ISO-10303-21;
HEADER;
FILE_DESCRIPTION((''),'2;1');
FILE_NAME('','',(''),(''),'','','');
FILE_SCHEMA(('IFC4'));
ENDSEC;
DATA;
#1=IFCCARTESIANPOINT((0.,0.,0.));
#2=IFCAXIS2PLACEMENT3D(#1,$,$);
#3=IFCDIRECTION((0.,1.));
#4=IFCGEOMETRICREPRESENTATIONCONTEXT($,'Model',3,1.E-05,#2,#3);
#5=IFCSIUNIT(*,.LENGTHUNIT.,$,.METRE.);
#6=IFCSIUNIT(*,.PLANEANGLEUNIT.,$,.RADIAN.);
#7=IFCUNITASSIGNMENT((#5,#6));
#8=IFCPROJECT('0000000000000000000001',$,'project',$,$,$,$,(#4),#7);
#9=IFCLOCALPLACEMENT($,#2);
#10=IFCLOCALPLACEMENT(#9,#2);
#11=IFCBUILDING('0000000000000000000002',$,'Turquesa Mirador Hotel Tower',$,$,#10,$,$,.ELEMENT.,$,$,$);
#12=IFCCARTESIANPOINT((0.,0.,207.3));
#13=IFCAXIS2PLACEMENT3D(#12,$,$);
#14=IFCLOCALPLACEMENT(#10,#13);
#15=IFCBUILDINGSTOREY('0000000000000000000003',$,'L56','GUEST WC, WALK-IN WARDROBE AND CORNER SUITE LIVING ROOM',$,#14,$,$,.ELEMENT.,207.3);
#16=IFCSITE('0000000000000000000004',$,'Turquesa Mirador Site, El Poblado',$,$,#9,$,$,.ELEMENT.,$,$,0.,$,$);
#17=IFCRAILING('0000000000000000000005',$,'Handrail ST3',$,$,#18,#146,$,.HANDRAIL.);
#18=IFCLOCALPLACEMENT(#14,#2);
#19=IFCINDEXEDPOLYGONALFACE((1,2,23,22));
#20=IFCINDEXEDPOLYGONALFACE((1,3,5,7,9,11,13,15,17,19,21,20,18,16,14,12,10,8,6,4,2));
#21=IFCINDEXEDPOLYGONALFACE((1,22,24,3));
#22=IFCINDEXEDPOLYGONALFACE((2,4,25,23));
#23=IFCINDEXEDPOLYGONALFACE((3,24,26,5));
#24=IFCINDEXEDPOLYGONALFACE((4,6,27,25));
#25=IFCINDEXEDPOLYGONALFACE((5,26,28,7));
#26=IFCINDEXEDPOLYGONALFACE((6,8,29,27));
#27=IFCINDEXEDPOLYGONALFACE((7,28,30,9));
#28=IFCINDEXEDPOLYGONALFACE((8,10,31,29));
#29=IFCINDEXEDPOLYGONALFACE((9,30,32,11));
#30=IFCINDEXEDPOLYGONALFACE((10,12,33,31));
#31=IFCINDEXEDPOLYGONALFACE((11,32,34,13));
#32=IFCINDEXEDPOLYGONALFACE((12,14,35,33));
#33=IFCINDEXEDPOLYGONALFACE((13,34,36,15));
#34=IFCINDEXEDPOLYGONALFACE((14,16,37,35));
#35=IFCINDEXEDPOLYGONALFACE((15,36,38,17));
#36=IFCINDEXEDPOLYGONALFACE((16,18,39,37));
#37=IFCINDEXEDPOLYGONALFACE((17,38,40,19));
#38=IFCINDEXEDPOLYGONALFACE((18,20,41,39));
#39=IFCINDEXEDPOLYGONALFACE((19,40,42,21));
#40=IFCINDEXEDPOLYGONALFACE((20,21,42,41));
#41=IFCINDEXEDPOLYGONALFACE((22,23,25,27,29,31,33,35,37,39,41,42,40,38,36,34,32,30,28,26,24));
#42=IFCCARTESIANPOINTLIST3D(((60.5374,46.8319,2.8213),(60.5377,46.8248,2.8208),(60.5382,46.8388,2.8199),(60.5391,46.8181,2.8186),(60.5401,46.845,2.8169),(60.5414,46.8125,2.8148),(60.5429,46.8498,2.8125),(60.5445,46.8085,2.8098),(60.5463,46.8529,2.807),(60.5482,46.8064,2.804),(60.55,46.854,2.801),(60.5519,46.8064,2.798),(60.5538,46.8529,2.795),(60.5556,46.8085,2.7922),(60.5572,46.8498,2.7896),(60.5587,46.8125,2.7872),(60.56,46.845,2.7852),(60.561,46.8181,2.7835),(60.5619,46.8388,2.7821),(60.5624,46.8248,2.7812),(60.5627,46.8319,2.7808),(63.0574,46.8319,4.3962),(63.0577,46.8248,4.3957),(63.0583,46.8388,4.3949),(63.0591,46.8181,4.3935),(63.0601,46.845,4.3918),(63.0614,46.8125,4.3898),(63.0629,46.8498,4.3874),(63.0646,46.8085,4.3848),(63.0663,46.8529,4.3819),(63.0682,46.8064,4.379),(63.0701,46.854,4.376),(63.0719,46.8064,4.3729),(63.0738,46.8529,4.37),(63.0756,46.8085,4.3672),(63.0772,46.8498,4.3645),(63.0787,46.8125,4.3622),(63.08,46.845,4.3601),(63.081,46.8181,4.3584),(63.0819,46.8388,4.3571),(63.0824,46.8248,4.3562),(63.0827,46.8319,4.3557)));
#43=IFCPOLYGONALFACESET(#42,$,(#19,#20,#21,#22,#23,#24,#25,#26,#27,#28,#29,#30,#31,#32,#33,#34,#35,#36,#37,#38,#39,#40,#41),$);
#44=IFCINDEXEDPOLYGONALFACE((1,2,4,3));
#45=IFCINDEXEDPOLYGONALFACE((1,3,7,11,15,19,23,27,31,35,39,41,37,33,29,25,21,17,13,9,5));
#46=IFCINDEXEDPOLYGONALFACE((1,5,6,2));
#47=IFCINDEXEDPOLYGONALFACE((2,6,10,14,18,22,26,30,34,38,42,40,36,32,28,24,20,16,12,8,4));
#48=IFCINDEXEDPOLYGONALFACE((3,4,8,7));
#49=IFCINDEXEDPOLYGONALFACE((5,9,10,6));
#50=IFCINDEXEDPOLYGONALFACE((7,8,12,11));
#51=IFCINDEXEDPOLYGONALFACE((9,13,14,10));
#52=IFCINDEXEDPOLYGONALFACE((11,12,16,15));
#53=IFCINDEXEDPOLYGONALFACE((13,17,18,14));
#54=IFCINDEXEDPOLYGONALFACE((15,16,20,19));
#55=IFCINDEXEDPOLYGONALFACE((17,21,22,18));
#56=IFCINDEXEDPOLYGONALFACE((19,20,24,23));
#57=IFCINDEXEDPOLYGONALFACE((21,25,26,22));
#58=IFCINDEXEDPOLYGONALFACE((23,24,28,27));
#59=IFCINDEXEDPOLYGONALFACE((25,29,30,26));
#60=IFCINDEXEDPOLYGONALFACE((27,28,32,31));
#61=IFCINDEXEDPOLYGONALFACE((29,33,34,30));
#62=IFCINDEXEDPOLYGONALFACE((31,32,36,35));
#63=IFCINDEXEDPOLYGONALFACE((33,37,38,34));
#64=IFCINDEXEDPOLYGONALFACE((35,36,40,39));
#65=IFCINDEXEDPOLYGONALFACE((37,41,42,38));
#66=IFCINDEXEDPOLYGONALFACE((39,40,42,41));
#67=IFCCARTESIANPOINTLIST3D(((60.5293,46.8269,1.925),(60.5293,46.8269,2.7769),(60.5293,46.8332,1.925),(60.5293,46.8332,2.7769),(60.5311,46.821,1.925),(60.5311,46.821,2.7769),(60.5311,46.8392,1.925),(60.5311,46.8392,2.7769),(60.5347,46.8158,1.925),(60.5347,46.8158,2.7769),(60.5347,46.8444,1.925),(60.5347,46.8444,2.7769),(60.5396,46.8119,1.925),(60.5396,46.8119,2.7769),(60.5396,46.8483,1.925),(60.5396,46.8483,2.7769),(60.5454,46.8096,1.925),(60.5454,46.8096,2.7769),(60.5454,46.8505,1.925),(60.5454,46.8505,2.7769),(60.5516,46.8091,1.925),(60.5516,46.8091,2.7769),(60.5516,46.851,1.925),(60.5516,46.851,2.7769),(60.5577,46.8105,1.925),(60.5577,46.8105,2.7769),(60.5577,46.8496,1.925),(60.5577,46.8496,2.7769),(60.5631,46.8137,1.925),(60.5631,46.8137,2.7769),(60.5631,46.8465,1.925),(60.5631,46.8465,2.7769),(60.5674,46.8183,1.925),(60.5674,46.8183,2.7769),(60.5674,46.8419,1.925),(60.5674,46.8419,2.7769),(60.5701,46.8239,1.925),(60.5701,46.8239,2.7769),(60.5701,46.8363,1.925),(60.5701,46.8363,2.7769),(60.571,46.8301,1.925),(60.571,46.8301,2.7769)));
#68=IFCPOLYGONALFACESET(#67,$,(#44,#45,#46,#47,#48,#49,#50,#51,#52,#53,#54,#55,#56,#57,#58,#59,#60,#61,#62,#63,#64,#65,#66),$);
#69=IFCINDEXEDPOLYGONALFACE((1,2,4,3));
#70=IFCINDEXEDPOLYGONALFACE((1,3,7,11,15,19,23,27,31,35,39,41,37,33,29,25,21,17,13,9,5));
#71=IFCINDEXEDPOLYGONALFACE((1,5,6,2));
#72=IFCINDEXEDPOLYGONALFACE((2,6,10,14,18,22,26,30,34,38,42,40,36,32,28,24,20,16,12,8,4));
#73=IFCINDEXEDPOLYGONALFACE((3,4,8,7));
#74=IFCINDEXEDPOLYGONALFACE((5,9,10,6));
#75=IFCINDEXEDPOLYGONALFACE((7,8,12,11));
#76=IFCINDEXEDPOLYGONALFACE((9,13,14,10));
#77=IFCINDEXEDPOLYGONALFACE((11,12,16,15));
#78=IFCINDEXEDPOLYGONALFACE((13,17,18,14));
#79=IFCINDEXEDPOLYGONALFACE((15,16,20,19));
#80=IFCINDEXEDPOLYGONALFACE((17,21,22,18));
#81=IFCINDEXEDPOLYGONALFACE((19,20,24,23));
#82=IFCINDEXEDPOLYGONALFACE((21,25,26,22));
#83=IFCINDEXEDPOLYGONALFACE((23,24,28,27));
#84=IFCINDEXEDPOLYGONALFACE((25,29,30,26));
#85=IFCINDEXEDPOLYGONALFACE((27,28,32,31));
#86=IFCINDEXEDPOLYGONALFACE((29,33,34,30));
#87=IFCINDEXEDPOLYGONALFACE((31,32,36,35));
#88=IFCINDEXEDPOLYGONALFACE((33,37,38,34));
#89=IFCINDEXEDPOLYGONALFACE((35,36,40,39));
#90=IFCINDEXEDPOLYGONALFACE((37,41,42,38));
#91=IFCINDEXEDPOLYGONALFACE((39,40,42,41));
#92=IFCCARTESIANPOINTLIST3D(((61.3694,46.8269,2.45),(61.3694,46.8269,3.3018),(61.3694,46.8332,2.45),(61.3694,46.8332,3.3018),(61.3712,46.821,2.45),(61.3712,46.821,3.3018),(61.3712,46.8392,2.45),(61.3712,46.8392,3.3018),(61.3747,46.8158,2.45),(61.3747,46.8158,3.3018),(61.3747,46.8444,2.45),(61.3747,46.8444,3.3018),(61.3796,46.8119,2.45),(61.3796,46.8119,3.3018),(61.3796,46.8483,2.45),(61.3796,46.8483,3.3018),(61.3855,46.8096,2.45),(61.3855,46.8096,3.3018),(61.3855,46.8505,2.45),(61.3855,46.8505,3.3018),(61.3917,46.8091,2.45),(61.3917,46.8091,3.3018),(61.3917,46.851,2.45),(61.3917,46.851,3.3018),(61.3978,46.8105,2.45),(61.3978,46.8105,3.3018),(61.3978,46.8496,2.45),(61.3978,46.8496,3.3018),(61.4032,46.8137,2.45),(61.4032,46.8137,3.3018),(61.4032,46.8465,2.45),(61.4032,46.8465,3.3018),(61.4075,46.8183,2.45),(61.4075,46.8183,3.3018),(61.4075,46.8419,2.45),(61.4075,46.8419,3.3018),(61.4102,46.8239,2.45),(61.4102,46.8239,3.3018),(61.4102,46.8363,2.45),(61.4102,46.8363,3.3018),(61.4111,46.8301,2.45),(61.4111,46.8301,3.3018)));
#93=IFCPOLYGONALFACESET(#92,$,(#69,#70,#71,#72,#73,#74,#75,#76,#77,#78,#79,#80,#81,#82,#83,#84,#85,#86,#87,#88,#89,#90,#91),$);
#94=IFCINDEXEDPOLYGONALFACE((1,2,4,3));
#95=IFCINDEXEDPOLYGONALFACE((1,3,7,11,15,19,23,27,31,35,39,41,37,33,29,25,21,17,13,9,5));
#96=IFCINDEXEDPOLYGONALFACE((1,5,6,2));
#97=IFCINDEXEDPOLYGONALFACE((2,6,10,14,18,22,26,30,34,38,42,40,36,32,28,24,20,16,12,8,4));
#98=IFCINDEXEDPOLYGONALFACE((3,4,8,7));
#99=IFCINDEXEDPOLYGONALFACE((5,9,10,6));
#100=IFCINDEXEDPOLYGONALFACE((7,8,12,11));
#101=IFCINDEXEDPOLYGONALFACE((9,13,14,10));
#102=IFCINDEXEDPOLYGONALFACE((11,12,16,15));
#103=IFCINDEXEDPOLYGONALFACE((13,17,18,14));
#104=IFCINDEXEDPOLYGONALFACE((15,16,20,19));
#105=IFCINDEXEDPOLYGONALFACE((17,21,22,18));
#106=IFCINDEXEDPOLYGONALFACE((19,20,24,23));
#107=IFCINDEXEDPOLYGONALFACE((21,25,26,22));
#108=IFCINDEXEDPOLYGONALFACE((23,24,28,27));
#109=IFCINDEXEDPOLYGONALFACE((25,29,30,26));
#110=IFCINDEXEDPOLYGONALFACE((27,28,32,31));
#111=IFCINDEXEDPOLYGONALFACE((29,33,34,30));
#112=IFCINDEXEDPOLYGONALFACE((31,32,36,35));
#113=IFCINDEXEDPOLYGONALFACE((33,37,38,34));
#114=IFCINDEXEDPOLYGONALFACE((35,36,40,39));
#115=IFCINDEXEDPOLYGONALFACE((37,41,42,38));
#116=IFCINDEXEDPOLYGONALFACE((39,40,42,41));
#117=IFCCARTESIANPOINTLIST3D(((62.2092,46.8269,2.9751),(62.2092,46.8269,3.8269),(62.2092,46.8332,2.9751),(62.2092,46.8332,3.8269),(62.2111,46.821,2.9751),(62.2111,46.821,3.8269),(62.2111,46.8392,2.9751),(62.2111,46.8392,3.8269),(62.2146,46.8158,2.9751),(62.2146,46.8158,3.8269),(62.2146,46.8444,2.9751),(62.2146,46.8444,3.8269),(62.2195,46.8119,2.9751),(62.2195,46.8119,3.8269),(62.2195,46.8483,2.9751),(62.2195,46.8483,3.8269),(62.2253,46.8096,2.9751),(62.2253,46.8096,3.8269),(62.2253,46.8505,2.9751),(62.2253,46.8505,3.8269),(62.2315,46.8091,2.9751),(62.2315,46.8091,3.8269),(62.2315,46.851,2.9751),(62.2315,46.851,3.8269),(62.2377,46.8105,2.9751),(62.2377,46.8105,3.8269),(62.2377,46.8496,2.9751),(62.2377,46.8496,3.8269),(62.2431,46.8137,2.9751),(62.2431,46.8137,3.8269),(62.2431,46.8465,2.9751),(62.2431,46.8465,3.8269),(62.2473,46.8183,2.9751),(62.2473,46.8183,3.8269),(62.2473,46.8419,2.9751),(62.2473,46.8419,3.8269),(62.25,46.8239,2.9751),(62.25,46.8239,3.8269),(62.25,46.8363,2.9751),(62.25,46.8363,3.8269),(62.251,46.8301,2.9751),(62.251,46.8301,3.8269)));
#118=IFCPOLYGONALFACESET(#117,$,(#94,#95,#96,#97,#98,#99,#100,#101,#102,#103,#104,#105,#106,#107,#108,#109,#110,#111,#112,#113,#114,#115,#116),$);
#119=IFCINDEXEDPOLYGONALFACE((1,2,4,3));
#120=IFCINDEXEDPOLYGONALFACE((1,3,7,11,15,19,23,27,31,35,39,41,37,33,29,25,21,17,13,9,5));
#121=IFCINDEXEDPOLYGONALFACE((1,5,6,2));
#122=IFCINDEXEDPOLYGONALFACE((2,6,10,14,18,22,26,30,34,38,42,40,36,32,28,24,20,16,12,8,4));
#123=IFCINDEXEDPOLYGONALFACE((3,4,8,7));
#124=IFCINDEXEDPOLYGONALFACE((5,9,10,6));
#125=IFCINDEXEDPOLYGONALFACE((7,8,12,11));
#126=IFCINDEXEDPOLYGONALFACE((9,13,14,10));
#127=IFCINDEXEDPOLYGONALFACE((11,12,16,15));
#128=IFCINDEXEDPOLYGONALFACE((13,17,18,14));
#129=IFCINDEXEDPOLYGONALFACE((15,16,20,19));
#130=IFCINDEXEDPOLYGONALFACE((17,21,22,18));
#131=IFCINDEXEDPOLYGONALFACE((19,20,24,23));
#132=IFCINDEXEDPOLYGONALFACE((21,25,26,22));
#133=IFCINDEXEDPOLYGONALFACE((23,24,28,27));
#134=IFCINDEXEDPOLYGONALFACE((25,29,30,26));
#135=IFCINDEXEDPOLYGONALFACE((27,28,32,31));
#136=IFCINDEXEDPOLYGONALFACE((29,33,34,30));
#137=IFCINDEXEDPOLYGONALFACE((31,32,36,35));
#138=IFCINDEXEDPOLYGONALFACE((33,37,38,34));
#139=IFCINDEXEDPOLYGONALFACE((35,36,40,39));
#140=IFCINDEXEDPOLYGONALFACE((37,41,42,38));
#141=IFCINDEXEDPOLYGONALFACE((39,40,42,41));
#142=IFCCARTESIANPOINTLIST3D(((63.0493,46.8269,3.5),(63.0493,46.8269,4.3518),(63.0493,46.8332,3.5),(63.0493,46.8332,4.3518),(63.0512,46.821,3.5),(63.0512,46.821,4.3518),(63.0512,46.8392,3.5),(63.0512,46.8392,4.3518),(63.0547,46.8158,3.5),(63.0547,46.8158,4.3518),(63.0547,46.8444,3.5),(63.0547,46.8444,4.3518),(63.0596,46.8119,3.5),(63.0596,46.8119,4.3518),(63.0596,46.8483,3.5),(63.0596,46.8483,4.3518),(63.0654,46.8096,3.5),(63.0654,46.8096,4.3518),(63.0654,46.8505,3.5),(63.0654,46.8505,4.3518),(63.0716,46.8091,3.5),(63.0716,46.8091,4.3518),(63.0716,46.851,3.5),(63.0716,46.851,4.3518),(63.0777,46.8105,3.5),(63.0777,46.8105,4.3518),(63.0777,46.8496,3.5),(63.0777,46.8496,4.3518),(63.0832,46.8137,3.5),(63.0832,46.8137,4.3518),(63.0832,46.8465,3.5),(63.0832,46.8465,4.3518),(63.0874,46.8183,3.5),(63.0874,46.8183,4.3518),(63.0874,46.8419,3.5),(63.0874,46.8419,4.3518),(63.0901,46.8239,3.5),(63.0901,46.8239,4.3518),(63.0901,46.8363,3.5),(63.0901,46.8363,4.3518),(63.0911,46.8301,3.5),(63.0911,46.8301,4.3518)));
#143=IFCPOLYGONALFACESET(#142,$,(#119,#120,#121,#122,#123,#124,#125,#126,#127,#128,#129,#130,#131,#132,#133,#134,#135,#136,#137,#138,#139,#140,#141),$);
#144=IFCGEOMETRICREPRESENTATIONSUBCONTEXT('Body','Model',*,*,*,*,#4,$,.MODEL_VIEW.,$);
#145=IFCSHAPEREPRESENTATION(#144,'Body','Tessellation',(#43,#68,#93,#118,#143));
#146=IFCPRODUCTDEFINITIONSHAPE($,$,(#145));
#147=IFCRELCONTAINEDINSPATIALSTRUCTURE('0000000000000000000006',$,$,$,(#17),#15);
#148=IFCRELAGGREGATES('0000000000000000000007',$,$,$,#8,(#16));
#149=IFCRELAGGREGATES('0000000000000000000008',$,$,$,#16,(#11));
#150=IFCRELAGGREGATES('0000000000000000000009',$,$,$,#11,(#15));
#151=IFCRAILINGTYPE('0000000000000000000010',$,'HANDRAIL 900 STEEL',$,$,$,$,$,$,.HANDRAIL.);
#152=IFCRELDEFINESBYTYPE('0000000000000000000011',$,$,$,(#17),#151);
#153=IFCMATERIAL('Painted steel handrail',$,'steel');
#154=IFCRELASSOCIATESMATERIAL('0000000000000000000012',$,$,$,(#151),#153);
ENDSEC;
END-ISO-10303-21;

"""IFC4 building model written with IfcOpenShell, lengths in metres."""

from ifc_helpers import new_model, si_unit, direction, frame, origin, origin_2d, place, context, subcontext, project, spatial, circle, extrude, material, type_object, element, save


model = new_model("IFC4")

# Units and contexts
model_context = context("Model", 3, precision=1e-05, world=origin(), true_north=direction((0.0, 1.0)))
body_context = subcontext(model_context, "Body", "Model", "MODEL_VIEW")
ifc_project = project(units=[si_unit("LENGTHUNIT", "METRE"), si_unit("PLANEANGLEUNIT", "RADIAN")], contexts=[model_context])

# Site, building, storey
site_placement = place(None, origin())
site = spatial("IfcSite", under=ifc_project, at=site_placement, Name="Turquesa Mirador Site, El Poblado", CompositionType="ELEMENT", RefElevation=0.0)
building_placement = place(site_placement, origin())
building = spatial("IfcBuilding", under=site, at=building_placement, Name="Turquesa Mirador Hotel Tower", CompositionType="ELEMENT")
storey_placement = place(building_placement, frame((0.0, 0.0, 207.3)))
storey = spatial("IfcBuildingStorey", under=building, at=storey_placement, Name="L56", Description="GUEST WC, WALK-IN WARDROBE AND CORNER SUITE LIVING ROOM", CompositionType="ELEMENT", Elevation=207.3)

# Railing
ifc_material_1 = material(Name="Painted steel handrail", Category="steel")
railing_type = type_object("IfcRailingType", Name="HANDRAIL 900 STEEL", PredefinedType="HANDRAIL", material=ifc_material_1)
railing_1_placement = place(storey_placement, frame((60.55, 46.8301, 1.925)))
element("IfcRailing", 1, at=railing_1_placement, inside=storey, type_object=railing_type, Name="Handrail ST3", PredefinedType="HANDRAIL", context=body_context, shape_type="SweptSolid", body=[
    extrude(circle(Radius=0.0239, at=origin_2d()), frame((0.0, 0.0, 0.876), z_axis=(0.848008, 0.0, 0.529984), x_axis=(0.0, 1.0, 0.0)), (0.0, 0.0, 1.0), 2.9717),
    extrude(circle(Radius=0.021, at=origin_2d()), origin(), (0.0, 0.0, 1.0), 0.8518),
    extrude(circle(Radius=0.021, at=origin_2d()), frame((0.8401, 0.0, 0.5249)), (0.0, 0.0, 1.0), 0.8518),
    extrude(circle(Radius=0.021, at=origin_2d()), frame((1.6799, 0.0, 1.05)), (0.0, 0.0, 1.0), 0.8518),
    extrude(circle(Radius=0.021, at=origin_2d()), frame((2.52, 0.0, 1.575)), (0.0, 0.0, 1.0), 0.8518),
])

save(model, "model.ifc")
